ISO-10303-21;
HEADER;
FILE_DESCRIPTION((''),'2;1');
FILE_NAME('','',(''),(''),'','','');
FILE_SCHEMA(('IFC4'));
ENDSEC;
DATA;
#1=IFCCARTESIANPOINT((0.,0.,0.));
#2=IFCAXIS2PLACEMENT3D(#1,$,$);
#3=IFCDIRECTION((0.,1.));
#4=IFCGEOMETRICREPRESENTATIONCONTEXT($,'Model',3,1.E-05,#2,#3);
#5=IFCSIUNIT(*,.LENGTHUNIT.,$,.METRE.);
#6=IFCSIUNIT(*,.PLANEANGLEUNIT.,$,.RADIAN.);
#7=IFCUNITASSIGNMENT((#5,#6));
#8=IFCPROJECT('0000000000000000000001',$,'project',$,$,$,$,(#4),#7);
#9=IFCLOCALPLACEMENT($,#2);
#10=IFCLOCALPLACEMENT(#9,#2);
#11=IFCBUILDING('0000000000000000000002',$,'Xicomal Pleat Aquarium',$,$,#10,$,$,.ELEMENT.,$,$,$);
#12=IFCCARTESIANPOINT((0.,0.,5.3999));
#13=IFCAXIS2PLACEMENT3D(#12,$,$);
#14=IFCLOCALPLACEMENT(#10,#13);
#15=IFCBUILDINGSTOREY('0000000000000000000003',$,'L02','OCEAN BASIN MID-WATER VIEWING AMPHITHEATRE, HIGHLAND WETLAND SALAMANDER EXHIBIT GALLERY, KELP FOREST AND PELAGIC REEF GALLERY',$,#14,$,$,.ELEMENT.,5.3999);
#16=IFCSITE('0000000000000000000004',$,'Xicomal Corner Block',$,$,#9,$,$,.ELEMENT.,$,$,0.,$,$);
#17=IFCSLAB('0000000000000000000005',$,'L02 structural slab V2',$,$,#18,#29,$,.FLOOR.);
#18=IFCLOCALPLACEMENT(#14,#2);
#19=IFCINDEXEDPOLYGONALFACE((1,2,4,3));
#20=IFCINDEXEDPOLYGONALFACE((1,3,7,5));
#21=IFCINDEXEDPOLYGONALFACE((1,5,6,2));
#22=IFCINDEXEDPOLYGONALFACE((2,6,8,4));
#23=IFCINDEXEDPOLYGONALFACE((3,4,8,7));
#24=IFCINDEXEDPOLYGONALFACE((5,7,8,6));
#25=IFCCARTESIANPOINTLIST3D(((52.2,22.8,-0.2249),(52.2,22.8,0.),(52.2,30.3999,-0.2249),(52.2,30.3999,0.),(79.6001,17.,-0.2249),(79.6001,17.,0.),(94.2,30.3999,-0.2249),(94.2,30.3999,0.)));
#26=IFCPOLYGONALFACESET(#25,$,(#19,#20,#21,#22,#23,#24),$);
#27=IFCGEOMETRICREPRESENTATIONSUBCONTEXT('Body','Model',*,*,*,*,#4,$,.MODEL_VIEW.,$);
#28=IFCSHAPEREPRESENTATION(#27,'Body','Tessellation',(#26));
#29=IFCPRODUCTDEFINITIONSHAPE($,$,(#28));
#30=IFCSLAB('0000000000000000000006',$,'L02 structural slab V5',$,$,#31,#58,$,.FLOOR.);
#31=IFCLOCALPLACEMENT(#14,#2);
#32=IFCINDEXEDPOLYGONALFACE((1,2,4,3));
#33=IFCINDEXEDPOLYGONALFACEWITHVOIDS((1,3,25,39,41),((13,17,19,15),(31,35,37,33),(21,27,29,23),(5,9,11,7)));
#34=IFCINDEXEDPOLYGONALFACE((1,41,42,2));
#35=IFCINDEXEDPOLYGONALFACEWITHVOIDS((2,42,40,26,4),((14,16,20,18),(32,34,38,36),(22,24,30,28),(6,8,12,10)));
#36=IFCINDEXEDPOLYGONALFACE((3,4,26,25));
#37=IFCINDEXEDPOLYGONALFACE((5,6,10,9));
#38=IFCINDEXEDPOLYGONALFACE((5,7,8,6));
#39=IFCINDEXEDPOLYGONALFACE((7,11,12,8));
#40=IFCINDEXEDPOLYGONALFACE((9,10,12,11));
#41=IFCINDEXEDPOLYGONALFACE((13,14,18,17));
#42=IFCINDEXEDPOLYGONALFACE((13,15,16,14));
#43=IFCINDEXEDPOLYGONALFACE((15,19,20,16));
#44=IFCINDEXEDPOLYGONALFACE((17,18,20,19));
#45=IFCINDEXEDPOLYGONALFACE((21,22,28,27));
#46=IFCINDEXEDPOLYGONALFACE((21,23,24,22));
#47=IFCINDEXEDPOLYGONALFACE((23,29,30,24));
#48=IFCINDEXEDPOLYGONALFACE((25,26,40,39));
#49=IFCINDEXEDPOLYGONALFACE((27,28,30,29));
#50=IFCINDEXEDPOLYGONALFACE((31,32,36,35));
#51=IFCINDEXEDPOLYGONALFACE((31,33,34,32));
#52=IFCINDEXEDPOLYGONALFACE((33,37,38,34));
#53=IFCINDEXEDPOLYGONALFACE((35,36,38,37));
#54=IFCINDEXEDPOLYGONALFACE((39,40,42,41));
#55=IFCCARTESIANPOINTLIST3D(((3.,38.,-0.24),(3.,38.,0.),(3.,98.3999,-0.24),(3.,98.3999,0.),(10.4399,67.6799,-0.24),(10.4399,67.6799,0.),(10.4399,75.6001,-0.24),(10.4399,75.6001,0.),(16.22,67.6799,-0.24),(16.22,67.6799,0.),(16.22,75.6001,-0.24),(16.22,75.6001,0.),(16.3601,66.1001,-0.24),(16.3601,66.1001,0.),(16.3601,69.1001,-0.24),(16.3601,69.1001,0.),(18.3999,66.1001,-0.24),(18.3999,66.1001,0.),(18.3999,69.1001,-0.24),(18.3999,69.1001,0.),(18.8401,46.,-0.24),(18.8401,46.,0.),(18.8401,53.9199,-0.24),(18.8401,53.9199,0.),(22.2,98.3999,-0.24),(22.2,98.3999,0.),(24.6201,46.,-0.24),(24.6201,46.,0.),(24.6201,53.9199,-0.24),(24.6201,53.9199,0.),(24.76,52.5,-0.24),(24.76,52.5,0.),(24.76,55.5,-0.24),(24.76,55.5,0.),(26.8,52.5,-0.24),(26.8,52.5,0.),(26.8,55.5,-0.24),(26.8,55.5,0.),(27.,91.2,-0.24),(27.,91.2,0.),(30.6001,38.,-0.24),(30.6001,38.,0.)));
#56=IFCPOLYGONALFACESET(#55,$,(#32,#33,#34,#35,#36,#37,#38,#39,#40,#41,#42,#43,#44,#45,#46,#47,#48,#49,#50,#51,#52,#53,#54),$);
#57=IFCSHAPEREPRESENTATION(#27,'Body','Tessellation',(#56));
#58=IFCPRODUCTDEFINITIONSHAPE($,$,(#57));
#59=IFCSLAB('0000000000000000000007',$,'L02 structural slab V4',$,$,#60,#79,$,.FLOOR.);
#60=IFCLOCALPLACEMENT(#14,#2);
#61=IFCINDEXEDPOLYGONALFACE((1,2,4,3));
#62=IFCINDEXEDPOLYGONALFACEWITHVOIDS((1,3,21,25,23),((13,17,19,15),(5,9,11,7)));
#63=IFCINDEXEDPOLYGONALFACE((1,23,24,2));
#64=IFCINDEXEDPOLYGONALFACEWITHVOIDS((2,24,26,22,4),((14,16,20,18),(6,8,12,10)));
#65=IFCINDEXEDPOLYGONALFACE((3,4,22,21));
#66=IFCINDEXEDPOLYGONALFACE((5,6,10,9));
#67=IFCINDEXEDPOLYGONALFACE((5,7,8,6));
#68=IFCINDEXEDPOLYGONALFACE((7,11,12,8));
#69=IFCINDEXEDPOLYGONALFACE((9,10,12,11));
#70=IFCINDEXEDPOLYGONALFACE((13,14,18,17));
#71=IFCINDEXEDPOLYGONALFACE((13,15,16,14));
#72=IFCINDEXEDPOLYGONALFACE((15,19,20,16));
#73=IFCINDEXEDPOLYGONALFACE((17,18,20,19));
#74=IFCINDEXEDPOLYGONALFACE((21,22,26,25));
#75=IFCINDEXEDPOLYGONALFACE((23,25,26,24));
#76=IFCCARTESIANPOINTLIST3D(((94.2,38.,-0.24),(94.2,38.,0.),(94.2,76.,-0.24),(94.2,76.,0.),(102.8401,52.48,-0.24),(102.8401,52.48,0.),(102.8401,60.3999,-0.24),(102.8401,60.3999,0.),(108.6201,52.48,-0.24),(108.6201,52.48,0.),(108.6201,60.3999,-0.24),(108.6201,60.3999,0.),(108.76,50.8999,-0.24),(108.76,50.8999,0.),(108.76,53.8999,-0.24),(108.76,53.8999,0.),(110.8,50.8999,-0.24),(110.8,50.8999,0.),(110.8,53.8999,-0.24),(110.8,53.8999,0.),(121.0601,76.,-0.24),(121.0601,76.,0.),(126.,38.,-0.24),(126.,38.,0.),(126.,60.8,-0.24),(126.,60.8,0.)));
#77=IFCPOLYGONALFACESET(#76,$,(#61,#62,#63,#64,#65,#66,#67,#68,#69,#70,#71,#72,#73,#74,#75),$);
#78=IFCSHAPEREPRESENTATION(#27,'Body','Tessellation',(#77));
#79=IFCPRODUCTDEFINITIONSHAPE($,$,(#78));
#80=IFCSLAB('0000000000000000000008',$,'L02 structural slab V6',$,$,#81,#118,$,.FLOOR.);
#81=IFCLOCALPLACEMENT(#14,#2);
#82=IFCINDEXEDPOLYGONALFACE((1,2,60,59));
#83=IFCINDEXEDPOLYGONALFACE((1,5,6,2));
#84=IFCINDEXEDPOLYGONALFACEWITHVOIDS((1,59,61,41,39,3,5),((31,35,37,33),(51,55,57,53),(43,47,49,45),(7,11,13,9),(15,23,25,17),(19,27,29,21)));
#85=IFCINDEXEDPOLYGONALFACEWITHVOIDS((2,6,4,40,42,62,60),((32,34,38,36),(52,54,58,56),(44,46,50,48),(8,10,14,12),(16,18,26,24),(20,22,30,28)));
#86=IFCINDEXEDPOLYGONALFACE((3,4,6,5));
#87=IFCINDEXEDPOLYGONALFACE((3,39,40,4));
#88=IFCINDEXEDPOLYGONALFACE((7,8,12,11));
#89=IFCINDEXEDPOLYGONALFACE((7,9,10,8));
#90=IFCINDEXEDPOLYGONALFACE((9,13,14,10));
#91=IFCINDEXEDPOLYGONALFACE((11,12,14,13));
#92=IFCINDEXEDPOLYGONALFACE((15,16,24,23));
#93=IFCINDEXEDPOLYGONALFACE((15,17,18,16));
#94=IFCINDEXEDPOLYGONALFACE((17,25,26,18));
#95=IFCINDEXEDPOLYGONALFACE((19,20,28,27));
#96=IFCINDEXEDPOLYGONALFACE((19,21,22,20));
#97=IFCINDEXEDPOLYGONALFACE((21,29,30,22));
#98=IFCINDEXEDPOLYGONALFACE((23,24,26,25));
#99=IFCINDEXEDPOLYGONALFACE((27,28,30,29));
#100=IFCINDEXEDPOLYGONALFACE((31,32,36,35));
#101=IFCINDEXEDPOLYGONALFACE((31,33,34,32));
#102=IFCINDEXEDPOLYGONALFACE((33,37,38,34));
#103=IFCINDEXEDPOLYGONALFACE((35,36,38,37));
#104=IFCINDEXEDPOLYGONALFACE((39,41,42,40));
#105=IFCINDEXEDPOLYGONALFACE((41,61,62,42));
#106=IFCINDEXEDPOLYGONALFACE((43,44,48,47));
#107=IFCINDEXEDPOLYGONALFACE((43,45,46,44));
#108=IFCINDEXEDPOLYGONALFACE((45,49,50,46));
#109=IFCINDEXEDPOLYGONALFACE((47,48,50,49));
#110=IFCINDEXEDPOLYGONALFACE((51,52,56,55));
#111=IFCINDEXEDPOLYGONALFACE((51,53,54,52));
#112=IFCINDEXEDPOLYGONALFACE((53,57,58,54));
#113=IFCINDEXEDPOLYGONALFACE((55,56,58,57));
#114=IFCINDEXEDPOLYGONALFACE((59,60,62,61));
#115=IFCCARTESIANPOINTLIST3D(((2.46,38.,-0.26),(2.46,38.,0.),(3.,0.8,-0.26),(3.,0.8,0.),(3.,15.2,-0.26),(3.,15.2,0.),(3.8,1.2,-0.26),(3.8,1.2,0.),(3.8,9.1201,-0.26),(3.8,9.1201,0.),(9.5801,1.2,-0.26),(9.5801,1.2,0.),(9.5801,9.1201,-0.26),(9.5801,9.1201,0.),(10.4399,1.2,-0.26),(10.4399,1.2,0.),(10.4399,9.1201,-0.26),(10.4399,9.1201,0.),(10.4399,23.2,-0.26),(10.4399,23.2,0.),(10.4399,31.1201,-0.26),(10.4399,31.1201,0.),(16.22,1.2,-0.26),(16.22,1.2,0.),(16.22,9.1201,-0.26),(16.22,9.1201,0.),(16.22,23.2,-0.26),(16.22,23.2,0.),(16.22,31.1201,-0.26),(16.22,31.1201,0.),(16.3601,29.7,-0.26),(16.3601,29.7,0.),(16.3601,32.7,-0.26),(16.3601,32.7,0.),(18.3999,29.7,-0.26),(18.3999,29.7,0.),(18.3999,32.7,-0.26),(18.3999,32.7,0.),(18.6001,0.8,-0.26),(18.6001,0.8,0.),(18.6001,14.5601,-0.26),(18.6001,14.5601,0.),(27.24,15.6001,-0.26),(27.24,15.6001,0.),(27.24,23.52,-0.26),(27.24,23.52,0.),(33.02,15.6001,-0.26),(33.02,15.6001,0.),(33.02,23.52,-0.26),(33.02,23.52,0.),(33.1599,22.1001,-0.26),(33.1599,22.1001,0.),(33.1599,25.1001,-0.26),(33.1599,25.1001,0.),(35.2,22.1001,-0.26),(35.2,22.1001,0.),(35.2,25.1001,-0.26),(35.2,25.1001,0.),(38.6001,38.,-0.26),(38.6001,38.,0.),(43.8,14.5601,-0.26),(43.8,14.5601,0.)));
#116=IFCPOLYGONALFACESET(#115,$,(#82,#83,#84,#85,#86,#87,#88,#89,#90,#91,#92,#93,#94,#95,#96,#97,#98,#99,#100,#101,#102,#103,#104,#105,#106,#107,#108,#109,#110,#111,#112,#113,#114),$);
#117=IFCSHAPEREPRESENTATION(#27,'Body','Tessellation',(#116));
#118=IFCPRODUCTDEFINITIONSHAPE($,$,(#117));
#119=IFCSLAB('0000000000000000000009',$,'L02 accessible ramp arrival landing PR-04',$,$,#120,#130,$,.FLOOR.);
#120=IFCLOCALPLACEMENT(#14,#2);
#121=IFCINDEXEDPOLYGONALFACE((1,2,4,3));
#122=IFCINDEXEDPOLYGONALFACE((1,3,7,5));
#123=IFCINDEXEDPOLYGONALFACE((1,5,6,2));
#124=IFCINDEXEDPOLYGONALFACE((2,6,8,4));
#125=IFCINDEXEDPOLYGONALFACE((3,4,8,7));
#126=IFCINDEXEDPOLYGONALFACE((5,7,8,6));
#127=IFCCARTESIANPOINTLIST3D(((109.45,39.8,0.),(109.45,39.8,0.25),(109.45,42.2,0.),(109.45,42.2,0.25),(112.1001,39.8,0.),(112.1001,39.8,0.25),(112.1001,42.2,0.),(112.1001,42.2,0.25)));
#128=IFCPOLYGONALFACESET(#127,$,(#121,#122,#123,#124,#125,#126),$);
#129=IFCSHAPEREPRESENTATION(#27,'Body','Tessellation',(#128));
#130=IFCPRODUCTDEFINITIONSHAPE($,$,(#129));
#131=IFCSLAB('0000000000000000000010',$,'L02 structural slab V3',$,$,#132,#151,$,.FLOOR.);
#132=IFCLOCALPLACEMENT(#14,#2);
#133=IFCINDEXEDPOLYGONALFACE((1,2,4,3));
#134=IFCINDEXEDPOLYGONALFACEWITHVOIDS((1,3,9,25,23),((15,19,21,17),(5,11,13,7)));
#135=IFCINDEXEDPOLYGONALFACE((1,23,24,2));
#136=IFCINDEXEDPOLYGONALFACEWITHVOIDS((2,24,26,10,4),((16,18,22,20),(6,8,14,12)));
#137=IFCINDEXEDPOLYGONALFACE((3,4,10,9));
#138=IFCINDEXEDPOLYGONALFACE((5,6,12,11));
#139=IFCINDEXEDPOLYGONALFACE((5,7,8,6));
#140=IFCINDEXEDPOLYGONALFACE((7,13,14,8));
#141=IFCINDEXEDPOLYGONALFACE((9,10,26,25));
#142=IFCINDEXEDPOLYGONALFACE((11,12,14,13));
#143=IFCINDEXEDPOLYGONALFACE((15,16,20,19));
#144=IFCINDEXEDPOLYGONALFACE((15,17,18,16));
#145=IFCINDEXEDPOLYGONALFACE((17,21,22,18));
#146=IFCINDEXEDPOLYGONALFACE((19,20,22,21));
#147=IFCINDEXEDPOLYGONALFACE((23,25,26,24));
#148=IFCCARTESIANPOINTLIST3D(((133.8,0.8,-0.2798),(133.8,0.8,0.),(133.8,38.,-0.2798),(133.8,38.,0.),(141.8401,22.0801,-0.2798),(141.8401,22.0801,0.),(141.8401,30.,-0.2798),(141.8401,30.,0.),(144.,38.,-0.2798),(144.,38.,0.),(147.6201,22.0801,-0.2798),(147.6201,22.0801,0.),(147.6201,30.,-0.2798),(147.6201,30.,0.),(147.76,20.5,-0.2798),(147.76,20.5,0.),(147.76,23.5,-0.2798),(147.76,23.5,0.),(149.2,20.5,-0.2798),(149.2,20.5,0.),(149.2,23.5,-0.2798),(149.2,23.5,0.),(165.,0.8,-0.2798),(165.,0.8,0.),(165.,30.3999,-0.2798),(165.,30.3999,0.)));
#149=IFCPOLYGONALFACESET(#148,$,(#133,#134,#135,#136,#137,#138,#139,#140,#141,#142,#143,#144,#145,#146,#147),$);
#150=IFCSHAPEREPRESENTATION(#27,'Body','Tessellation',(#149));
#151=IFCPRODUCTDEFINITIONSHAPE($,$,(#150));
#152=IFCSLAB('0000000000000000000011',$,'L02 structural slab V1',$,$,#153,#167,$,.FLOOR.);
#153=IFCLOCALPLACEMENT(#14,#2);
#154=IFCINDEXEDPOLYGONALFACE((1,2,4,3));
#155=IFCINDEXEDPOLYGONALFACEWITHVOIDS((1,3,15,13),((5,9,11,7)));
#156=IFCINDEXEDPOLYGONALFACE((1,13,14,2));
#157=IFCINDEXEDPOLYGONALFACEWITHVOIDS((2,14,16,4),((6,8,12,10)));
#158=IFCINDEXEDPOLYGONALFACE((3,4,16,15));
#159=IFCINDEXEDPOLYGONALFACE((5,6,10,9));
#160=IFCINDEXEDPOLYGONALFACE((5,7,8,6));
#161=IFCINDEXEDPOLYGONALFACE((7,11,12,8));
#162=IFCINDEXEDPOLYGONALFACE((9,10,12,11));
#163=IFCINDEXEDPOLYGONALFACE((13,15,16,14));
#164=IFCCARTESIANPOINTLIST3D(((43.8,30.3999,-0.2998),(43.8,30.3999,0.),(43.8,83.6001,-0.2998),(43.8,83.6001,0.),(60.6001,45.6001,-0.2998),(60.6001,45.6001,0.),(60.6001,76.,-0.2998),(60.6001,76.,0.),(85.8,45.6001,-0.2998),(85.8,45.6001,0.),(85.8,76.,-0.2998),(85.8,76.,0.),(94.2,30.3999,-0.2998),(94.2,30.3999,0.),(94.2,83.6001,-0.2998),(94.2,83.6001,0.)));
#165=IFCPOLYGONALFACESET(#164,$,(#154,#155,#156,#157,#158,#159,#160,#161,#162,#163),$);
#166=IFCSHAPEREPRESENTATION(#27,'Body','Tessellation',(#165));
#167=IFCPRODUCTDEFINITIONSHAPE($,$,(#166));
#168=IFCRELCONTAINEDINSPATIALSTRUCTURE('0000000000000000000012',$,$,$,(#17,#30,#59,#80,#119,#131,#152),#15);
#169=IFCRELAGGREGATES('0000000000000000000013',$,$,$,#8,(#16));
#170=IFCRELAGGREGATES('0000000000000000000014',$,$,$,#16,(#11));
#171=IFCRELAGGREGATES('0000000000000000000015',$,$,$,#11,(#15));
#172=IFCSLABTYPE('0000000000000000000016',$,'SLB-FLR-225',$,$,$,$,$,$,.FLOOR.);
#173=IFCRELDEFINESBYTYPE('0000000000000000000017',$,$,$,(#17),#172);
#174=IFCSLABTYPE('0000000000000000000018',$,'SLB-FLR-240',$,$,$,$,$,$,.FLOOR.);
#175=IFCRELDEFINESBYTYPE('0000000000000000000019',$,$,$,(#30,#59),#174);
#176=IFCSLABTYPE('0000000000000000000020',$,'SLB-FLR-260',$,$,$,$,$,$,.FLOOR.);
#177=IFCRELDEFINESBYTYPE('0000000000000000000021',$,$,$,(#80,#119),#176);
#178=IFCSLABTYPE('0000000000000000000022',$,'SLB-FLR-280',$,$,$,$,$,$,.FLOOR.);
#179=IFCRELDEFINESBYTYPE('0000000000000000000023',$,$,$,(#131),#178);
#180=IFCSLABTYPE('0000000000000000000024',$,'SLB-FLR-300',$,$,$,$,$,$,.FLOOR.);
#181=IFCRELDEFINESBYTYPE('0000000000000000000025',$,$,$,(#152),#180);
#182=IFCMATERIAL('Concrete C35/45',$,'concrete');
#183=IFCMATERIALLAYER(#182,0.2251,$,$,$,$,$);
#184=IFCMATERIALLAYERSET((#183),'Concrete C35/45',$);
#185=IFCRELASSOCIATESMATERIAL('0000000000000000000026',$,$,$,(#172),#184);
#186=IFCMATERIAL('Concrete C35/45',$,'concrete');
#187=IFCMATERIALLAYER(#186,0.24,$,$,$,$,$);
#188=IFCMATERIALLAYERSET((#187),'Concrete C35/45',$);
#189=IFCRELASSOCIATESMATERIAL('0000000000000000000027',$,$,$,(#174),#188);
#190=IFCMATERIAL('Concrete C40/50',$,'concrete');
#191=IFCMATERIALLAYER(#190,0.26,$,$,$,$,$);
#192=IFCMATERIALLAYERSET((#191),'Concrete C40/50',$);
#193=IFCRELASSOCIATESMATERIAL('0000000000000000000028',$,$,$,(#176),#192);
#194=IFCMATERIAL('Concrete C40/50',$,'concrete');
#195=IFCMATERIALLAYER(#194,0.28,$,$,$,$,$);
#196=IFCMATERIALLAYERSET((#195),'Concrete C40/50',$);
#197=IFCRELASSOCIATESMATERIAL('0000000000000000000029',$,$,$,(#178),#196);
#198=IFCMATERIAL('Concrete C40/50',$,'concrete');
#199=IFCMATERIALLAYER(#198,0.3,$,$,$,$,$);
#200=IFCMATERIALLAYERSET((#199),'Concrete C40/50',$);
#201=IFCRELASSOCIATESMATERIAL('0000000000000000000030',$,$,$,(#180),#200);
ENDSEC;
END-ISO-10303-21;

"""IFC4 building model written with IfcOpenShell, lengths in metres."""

from ifc_helpers import new_model, si_unit, direction, frame, origin, place, context, subcontext, project, spatial, polyline, outline, extrude, material, layer, layer_set, type_object, element, save


model = new_model("IFC4")

# Units and contexts
model_context = context("Model", 3, precision=1e-05, world=origin(), true_north=direction((0.0, 1.0)))
body_context = subcontext(model_context, "Body", "Model", "MODEL_VIEW")
ifc_project = project(units=[si_unit("LENGTHUNIT", "METRE"), si_unit("PLANEANGLEUNIT", "RADIAN")], contexts=[model_context])

# Site, building, storey
site_placement = place(None, origin())
site = spatial("IfcSite", under=ifc_project, at=site_placement, Name="Xicomal Corner Block", CompositionType="ELEMENT", RefElevation=0.0)
building_placement = place(site_placement, origin())
building = spatial("IfcBuilding", under=site, at=building_placement, Name="Xicomal Pleat Aquarium", CompositionType="ELEMENT")
storey_placement = place(building_placement, frame((0.0, 0.0, 5.3999)))
storey = spatial("IfcBuildingStorey", under=building, at=storey_placement, Name="L02", Description="OCEAN BASIN MID-WATER VIEWING AMPHITHEATRE, HIGHLAND WETLAND SALAMANDER EXHIBIT GALLERY, KELP FOREST AND PELAGIC REEF GALLERY", CompositionType="ELEMENT", Elevation=5.3999)

# Slabs
ifc_material_1 = material(Name="Concrete C35/45", Category="concrete")
ifc_layer_1 = layer(ifc_material_1, 0.2251)
ifc_layer_set_1 = layer_set([ifc_layer_1], Name="Concrete C35/45")
slab_type_1 = type_object("IfcSlabType", Name="SLB-FLR-225", PredefinedType="FLOOR", material=ifc_layer_set_1)
slab_1_placement = place(storey_placement, frame((0.0, 0.0, -0.2249)))
element("IfcSlab", 1, at=slab_1_placement, inside=storey, type_object=slab_type_1, Name="L02 structural slab V2", PredefinedType="FLOOR", context=body_context, shape_type="SweptSolid", body=[
    extrude(outline(polyline([(79.6001, 17.0), (52.2, 22.8), (52.2, 30.3999), (94.2, 30.3999), (79.6001, 17.0)])), origin(), (0.0, 0.0, 1.0), 0.2249),
])
ifc_material_2 = material(Name="Concrete C35/45", Category="concrete")
ifc_layer_2 = layer(ifc_material_2, 0.24)
ifc_layer_set_2 = layer_set([ifc_layer_2], Name="Concrete C35/45")
slab_type_2 = type_object("IfcSlabType", Name="SLB-FLR-240", PredefinedType="FLOOR", material=ifc_layer_set_2)
slab_2_placement = place(storey_placement, frame((0.0, 0.0, -0.24)))
element("IfcSlab", 2, at=slab_2_placement, inside=storey, type_object=slab_type_2, Name="L02 structural slab V5", PredefinedType="FLOOR", context=body_context, shape_type="SweptSolid", body=[
    extrude(outline(polyline([(3.0, 38.0), (3.0, 98.3999), (22.2, 98.3999), (27.0, 91.2), (30.6001, 38.0), (3.0, 38.0)]), holes=[polyline([(10.4399, 67.6799), (16.22, 67.6799), (16.22, 75.6001), (10.4399, 75.6001), (10.4399, 67.6799)]), polyline([(16.3601, 66.1001), (18.3999, 66.1001), (18.3999, 69.1001), (16.3601, 69.1001), (16.3601, 66.1001)]), polyline([(18.8401, 46.0), (24.6201, 46.0), (24.6201, 53.9199), (18.8401, 53.9199), (18.8401, 46.0)]), polyline([(24.76, 52.5), (26.8, 52.5), (26.8, 55.5), (24.76, 55.5), (24.76, 52.5)])]), origin(), (0.0, 0.0, 1.0), 0.24),
])
slab_3_placement = place(storey_placement, frame((0.0, 0.0, -0.24)))
element("IfcSlab", 3, at=slab_3_placement, inside=storey, type_object=slab_type_2, Name="L02 structural slab V4", PredefinedType="FLOOR", context=body_context, shape_type="SweptSolid", body=[
    extrude(outline(polyline([(121.0601, 76.0), (126.0, 60.8), (126.0, 38.0), (94.2, 38.0), (94.2, 76.0), (121.0601, 76.0)]), holes=[polyline([(102.8401, 52.48), (108.6201, 52.48), (108.6201, 60.3999), (102.8401, 60.3999), (102.8401, 52.48)]), polyline([(108.76, 50.8999), (110.8, 50.8999), (110.8, 53.8999), (108.76, 53.8999), (108.76, 50.8999)])]), origin(), (0.0, 0.0, 1.0), 0.24),
])
ifc_material_3 = material(Name="Concrete C40/50", Category="concrete")
ifc_layer_3 = layer(ifc_material_3, 0.26)
ifc_layer_set_3 = layer_set([ifc_layer_3], Name="Concrete C40/50")
slab_type_3 = type_object("IfcSlabType", Name="SLB-FLR-260", PredefinedType="FLOOR", material=ifc_layer_set_3)
slab_4_placement = place(storey_placement, frame((0.0, 0.0, -0.26)))
element("IfcSlab", 4, at=slab_4_placement, inside=storey, type_object=slab_type_3, Name="L02 structural slab V6", PredefinedType="FLOOR", context=body_context, shape_type="SweptSolid", body=[
    extrude(outline(polyline([(3.0, 15.2), (2.46, 38.0), (38.6001, 38.0), (43.8, 14.5601), (18.6001, 14.5601), (18.6001, 0.8), (3.0, 0.8), (3.0, 15.2)]), holes=[polyline([(10.4399, 23.2), (16.22, 23.2), (16.22, 31.1201), (10.4399, 31.1201), (10.4399, 23.2)]), polyline([(16.3601, 29.7), (18.3999, 29.7), (18.3999, 32.7), (16.3601, 32.7), (16.3601, 29.7)]), polyline([(27.24, 15.6001), (33.02, 15.6001), (33.02, 23.52), (27.24, 23.52), (27.24, 15.6001)]), polyline([(33.1599, 22.1001), (35.2, 22.1001), (35.2, 25.1001), (33.1599, 25.1001), (33.1599, 22.1001)]), polyline([(10.4399, 1.2), (16.22, 1.2), (16.22, 9.1201), (10.4399, 9.1201), (10.4399, 1.2)]), polyline([(3.8, 1.2), (9.5801, 1.2), (9.5801, 9.1201), (3.8, 9.1201), (3.8, 1.2)])]), origin(), (0.0, 0.0, 1.0), 0.26),
])
slab_5_placement = place(storey_placement, origin())
element("IfcSlab", 5, at=slab_5_placement, inside=storey, type_object=slab_type_3, Name="L02 accessible ramp arrival landing PR-04", PredefinedType="FLOOR", context=body_context, shape_type="SweptSolid", body=[
    extrude(outline(polyline([(109.45, 39.8), (112.1001, 39.8), (112.1001, 42.2), (109.45, 42.2), (109.45, 39.8)])), origin(), (0.0, 0.0, 1.0), 0.25),
])
ifc_material_4 = material(Name="Concrete C40/50", Category="concrete")
ifc_layer_4 = layer(ifc_material_4, 0.28)
ifc_layer_set_4 = layer_set([ifc_layer_4], Name="Concrete C40/50")
slab_type_4 = type_object("IfcSlabType", Name="SLB-FLR-280", PredefinedType="FLOOR", material=ifc_layer_set_4)
slab_6_placement = place(storey_placement, frame((0.0, 0.0, -0.2798)))
element("IfcSlab", 6, at=slab_6_placement, inside=storey, type_object=slab_type_4, Name="L02 structural slab V3", PredefinedType="FLOOR", context=body_context, shape_type="SweptSolid", body=[
    extrude(outline(polyline([(133.8, 38.0), (144.0, 38.0), (165.0, 30.3999), (165.0, 0.8), (133.8, 0.8), (133.8, 38.0)]), holes=[polyline([(141.8401, 22.0801), (147.6201, 22.0801), (147.6201, 30.0), (141.8401, 30.0), (141.8401, 22.0801)]), polyline([(147.76, 20.5), (149.2, 20.5), (149.2, 23.5), (147.76, 23.5), (147.76, 20.5)])]), origin(), (0.0, 0.0, 1.0), 0.2798),
])
ifc_material_5 = material(Name="Concrete C40/50", Category="concrete")
ifc_layer_5 = layer(ifc_material_5, 0.3)
ifc_layer_set_5 = layer_set([ifc_layer_5], Name="Concrete C40/50")
slab_type_5 = type_object("IfcSlabType", Name="SLB-FLR-300", PredefinedType="FLOOR", material=ifc_layer_set_5)
slab_7_placement = place(storey_placement, frame((0.0, 0.0, -0.2998)))
element("IfcSlab", 7, at=slab_7_placement, inside=storey, type_object=slab_type_5, Name="L02 structural slab V1", PredefinedType="FLOOR", context=body_context, shape_type="SweptSolid", body=[
    extrude(outline(polyline([(43.8, 83.6001), (94.2, 83.6001), (94.2, 30.3999), (43.8, 30.3999), (43.8, 83.6001)]), holes=[polyline([(60.6001, 45.6001), (85.8, 45.6001), (85.8, 76.0), (60.6001, 76.0), (60.6001, 45.6001)])]), origin(), (0.0, 0.0, 1.0), 0.2998),
])

save(model, "model.ifc")
